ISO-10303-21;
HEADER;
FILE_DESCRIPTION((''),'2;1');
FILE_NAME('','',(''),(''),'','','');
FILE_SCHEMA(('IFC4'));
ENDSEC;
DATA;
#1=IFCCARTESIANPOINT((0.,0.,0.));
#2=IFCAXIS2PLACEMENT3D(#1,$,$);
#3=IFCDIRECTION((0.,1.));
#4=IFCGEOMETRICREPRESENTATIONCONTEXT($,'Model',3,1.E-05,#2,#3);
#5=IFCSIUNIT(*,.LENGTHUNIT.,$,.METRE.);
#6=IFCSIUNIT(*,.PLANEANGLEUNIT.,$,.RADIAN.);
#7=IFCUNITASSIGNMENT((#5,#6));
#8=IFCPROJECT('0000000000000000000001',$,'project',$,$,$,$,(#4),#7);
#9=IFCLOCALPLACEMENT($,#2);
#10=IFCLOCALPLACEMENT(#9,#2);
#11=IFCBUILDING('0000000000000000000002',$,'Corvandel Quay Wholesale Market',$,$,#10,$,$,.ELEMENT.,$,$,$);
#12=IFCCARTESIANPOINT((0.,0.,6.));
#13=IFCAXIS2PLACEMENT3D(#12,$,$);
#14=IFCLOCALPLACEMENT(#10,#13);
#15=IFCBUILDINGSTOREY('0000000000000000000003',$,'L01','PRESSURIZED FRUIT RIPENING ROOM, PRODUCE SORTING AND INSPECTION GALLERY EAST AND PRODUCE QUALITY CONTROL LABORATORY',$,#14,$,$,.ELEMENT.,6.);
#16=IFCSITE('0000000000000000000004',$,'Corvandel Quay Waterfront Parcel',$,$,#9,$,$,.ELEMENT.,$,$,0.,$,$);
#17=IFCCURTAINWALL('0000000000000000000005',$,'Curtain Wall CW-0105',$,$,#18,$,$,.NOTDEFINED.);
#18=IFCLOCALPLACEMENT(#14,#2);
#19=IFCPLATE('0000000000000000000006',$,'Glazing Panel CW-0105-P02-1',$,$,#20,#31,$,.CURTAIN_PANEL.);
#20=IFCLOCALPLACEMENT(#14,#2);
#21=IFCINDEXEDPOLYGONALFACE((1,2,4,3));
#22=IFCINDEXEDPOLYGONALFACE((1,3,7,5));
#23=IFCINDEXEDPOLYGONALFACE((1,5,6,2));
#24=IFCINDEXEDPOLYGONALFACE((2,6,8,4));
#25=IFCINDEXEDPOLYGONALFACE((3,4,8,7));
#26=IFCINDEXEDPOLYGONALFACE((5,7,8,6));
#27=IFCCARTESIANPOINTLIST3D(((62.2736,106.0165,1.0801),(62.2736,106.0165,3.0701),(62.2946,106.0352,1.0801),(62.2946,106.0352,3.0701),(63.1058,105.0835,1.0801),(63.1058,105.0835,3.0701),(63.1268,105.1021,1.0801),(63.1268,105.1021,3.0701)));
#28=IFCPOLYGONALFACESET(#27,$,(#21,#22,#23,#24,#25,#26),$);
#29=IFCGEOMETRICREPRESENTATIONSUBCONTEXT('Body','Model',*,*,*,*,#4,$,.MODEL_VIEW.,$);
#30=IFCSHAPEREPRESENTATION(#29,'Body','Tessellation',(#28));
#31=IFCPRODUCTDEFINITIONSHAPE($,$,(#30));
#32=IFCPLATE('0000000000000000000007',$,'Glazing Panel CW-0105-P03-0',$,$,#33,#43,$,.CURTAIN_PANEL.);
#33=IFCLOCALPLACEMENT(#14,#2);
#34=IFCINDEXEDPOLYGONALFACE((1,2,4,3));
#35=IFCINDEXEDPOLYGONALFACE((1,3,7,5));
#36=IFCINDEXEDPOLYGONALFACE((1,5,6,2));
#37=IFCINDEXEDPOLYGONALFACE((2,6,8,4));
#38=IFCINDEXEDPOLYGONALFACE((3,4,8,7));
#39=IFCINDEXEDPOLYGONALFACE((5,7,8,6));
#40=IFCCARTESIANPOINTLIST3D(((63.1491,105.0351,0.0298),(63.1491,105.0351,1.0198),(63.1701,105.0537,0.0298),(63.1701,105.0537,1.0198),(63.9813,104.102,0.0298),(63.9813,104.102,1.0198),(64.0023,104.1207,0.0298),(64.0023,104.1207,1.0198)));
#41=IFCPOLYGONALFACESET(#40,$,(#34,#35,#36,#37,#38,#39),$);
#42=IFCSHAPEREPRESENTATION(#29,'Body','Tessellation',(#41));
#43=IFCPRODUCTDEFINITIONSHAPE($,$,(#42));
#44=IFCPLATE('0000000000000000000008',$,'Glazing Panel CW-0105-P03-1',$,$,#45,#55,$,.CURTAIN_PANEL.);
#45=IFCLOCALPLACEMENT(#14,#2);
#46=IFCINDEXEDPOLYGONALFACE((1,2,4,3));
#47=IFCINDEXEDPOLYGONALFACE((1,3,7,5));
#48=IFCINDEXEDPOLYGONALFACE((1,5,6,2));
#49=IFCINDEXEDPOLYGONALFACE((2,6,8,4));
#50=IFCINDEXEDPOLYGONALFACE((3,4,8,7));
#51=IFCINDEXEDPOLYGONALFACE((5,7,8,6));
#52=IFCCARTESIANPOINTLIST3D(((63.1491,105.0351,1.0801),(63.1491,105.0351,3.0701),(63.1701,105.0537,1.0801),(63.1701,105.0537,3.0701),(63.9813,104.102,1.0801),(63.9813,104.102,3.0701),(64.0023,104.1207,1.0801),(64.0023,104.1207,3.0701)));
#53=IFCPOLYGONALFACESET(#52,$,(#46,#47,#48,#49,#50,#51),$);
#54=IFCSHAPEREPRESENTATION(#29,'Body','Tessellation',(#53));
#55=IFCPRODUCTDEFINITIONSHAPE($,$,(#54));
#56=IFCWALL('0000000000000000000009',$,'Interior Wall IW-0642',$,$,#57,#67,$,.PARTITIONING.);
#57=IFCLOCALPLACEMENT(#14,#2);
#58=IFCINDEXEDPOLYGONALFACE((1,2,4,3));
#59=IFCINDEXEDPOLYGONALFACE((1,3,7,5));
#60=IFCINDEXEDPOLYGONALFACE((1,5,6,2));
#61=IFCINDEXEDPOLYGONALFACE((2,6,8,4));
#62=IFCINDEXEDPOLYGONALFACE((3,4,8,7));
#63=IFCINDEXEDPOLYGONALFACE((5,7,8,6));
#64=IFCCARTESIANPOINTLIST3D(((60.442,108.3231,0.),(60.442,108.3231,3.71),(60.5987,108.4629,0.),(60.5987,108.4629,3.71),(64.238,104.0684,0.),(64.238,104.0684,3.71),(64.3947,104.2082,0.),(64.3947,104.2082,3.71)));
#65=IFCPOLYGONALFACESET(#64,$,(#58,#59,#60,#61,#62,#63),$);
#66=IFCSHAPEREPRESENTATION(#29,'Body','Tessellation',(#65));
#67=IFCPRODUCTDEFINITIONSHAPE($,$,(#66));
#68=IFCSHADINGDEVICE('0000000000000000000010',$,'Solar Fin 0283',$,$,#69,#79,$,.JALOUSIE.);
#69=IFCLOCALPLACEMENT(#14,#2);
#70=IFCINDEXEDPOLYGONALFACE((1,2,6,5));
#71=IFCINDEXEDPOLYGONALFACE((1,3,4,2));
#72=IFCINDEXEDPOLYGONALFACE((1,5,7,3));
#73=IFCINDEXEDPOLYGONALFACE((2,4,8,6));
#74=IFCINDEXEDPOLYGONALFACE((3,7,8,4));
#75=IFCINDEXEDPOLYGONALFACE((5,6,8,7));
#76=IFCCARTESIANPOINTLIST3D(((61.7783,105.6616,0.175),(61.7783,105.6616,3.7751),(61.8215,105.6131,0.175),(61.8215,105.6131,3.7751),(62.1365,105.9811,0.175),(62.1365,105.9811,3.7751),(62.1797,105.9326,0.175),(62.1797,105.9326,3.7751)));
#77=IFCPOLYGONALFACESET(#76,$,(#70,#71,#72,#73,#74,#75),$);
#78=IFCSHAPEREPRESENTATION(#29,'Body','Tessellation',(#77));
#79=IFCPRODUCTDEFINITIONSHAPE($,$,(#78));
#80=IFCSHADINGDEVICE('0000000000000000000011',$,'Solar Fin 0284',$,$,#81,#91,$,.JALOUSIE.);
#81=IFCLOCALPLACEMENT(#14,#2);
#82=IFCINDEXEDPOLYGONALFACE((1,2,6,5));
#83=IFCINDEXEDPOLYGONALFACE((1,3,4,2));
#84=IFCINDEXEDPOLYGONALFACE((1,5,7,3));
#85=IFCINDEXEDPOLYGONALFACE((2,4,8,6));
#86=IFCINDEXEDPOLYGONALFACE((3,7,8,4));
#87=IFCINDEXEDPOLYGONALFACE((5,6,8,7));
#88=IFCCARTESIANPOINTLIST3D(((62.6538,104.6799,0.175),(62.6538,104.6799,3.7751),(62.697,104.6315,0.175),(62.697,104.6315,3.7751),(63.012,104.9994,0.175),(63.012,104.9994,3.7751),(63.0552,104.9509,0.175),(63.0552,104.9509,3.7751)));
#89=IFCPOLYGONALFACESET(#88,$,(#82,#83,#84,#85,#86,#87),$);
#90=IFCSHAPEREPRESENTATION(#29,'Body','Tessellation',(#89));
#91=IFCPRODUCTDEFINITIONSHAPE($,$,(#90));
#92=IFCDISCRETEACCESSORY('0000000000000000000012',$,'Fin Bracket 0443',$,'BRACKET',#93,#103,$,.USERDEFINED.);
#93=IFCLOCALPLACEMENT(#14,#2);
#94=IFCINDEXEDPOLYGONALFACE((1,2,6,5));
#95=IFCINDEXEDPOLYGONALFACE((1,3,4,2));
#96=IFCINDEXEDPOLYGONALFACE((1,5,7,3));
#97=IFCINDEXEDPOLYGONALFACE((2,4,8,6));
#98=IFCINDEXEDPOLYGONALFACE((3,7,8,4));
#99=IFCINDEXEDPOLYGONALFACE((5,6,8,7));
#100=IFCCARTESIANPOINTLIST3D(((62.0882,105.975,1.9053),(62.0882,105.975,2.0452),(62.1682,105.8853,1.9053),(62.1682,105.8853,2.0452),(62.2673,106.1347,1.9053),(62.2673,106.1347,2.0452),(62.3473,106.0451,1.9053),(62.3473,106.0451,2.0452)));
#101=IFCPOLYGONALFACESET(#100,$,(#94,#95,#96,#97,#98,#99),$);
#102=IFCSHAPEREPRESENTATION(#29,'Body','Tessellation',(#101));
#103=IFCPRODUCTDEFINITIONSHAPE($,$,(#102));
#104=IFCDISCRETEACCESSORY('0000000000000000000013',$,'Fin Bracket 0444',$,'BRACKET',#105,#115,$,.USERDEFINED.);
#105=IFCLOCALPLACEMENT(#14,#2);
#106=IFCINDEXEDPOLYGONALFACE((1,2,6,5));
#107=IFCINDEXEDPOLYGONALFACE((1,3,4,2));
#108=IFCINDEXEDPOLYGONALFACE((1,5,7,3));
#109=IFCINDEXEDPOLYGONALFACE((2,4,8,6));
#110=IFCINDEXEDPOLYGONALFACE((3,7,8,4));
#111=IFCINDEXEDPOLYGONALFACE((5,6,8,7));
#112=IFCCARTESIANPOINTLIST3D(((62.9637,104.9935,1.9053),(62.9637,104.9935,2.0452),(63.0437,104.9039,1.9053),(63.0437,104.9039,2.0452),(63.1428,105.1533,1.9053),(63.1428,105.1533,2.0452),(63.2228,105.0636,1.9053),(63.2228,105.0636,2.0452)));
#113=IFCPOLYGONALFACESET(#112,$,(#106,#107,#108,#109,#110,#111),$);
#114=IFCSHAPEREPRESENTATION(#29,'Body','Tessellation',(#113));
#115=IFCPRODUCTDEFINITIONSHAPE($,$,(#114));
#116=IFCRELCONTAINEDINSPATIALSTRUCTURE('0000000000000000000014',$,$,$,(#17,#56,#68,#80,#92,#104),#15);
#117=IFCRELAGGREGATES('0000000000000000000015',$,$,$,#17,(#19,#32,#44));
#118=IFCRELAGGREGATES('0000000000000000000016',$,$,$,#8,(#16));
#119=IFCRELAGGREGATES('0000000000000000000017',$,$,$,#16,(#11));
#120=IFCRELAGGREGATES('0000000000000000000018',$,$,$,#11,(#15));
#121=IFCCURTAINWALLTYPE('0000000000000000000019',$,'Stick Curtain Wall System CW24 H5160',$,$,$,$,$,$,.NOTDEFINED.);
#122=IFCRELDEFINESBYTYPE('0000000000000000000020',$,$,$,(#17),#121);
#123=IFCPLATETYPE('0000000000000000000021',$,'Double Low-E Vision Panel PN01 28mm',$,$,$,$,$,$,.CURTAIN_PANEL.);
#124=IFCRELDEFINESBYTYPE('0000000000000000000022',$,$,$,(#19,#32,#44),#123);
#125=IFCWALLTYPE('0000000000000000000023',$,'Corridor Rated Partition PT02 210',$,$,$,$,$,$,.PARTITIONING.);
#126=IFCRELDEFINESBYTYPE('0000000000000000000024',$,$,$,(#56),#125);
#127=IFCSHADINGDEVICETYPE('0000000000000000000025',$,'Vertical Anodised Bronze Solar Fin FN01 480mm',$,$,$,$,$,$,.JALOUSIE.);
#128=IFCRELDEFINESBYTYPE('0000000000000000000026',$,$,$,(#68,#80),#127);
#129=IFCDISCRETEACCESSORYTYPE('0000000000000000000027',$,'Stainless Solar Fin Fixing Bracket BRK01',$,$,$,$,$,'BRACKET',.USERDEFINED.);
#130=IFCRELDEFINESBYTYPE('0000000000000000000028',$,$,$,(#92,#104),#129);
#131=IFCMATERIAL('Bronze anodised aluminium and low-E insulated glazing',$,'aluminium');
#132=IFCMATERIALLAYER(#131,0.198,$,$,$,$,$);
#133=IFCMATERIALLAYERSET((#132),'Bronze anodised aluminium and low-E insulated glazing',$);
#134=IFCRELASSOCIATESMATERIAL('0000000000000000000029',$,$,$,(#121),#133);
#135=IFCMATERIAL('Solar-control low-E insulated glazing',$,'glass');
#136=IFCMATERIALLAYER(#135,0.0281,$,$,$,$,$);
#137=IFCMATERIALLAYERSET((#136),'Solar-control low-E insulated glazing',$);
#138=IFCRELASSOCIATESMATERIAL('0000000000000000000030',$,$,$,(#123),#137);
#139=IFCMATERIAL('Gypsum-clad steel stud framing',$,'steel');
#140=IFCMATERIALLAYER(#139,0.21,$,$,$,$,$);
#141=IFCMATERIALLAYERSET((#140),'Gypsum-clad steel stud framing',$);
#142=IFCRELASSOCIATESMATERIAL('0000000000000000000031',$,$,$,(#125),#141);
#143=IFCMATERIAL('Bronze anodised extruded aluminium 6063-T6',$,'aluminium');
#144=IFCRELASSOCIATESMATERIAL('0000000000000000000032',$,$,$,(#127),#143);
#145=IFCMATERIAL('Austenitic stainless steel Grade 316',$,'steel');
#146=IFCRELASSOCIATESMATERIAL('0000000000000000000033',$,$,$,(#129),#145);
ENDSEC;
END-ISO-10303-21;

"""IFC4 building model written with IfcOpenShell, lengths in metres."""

from ifc_helpers import new_model, si_unit, direction, frame, frame_2d, origin, origin_2d, place, context, subcontext, project, spatial, rectangle, extrude, material, layer, layer_set, type_object, element, aggregate, save


model = new_model("IFC4")

# Units and contexts
model_context = context("Model", 3, precision=1e-05, world=origin(), true_north=direction((0.0, 1.0)))
body_context = subcontext(model_context, "Body", "Model", "MODEL_VIEW")
ifc_project = project(units=[si_unit("LENGTHUNIT", "METRE"), si_unit("PLANEANGLEUNIT", "RADIAN")], contexts=[model_context])

# Site, building, storey
site_placement = place(None, origin())
site = spatial("IfcSite", under=ifc_project, at=site_placement, Name="Corvandel Quay Waterfront Parcel", CompositionType="ELEMENT", RefElevation=0.0)
building_placement = place(site_placement, origin())
building = spatial("IfcBuilding", under=site, at=building_placement, Name="Corvandel Quay Wholesale Market", CompositionType="ELEMENT")
storey_placement = place(building_placement, frame((0.0, 0.0, 6.0)))
storey = spatial("IfcBuildingStorey", under=building, at=storey_placement, Name="L01", Description="PRESSURIZED FRUIT RIPENING ROOM, PRODUCE SORTING AND INSPECTION GALLERY EAST AND PRODUCE QUALITY CONTROL LABORATORY", CompositionType="ELEMENT", Elevation=6.0)

# Curtain wall, plates
ifc_material_1 = material(Name="Bronze anodised aluminium and low-E insulated glazing", Category="aluminium")
ifc_layer_1 = layer(ifc_material_1, 0.198)
ifc_layer_set_1 = layer_set([ifc_layer_1], Name="Bronze anodised aluminium and low-E insulated glazing")
curtain_wall_type = type_object("IfcCurtainWallType", Name="Stick Curtain Wall System CW24 H5160", PredefinedType="NOTDEFINED", material=ifc_layer_set_1)
curtain_wall_placement = place(storey_placement, origin())
curtain_wall = element("IfcCurtainWall", 1, at=curtain_wall_placement, inside=storey, type_object=curtain_wall_type, Name="Curtain Wall CW-0105", PredefinedType="NOTDEFINED")
ifc_material_2 = material(Name="Solar-control low-E insulated glazing", Category="glass")
ifc_layer_2 = layer(ifc_material_2, 0.0281)
ifc_layer_set_2 = layer_set([ifc_layer_2], Name="Solar-control low-E insulated glazing")
plate_type_1 = type_object("IfcPlateType", Name="Double Low-E Vision Panel PN01 28mm", PredefinedType="CURTAIN_PANEL", material=ifc_layer_set_2)
plate_1_placement = place(storey_placement, frame((62.7002, 105.5593, 1.0801), z_axis=(0.0, 0.0, 1.0), x_axis=(-0.665621, 0.74629, 0.0)))
plate_1 = element("IfcPlate", 2, at=plate_1_placement, type_object=plate_type_1, Name="Glazing Panel CW-0105-P02-1", PredefinedType="CURTAIN_PANEL", context=body_context, shape_type="SweptSolid", body=[
    extrude(rectangle(XDim=1.2502, YDim=0.0281, at=origin_2d()), origin(), (0.0, 0.0, 1.0), 1.99),
])
plate_2_placement = place(storey_placement, frame((63.5757, 104.5779, 0.0298), z_axis=(0.0, 0.0, 1.0), x_axis=(-0.665621, 0.74629, 0.0)))
plate_2 = element("IfcPlate", 3, at=plate_2_placement, type_object=plate_type_1, Name="Glazing Panel CW-0105-P03-0", PredefinedType="CURTAIN_PANEL", context=body_context, shape_type="SweptSolid", body=[
    extrude(rectangle(XDim=1.2502, YDim=0.0281, at=origin_2d()), origin(), (0.0, 0.0, 1.0), 0.99),
])
plate_3_placement = place(storey_placement, frame((63.5757, 104.5779, 1.0801), z_axis=(0.0, 0.0, 1.0), x_axis=(-0.665621, 0.74629, 0.0)))
plate_3 = element("IfcPlate", 4, at=plate_3_placement, type_object=plate_type_1, Name="Glazing Panel CW-0105-P03-1", PredefinedType="CURTAIN_PANEL", context=body_context, shape_type="SweptSolid", body=[
    extrude(rectangle(XDim=1.2502, YDim=0.0281, at=origin_2d()), origin(), (0.0, 0.0, 1.0), 1.99),
])
aggregate(curtain_wall, [plate_1, plate_2, plate_3])

# Wall
ifc_material_3 = material(Name="Gypsum-clad steel stud framing", Category="steel")
ifc_layer_3 = layer(ifc_material_3, 0.21)
ifc_layer_set_3 = layer_set([ifc_layer_3], Name="Gypsum-clad steel stud framing")
wall_type = type_object("IfcWallType", Name="Corridor Rated Partition PT02 210", PredefinedType="PARTITIONING", material=ifc_layer_set_3)
wall_placement = place(storey_placement, frame((64.3164, 104.1382, 0.0), z_axis=(0.0, 0.0, 1.0), x_axis=(-0.665734, 0.746189, 0.0)))
element("IfcWall", 5, at=wall_placement, inside=storey, type_object=wall_type, Name="Interior Wall IW-0642", PredefinedType="PARTITIONING", context=body_context, shape_type="SweptSolid", body=[
    extrude(rectangle(XDim=5.7019, YDim=0.21, at=frame_2d((2.8511, 0.0))), origin(), (0.0, 0.0, 1.0), 3.71),
])

# Shading devices
ifc_material_4 = material(Name="Bronze anodised extruded aluminium 6063-T6", Category="aluminium")
shading_device_type = type_object("IfcShadingDeviceType", Name="Vertical Anodised Bronze Solar Fin FN01 480mm", PredefinedType="JALOUSIE", material=ifc_material_4)
for number, where, z_axis, x_axis, name in (
    (6, (61.979, 105.7971, 0.175), (0.0, 0.0, 1.0), (0.74629, 0.665621, 0.0), "Solar Fin 0283"),
    (7, (62.8545, 104.8154, 0.175), (0.0, 0.0, 1.0), (0.74629, 0.665621, 0.0), "Solar Fin 0284"),
):
    element("IfcShadingDevice", number, at=place(storey_placement, frame(where, z_axis=z_axis, x_axis=x_axis)), inside=storey, type_object=shading_device_type, Name=name, PredefinedType="JALOUSIE", context=body_context, shape_type="SweptSolid", body=[
        extrude(rectangle(XDim=0.48, YDim=0.0649, at=origin_2d()), origin(), (0.0, 0.0, 1.0), 3.6001),
    ])

# Discrete accessories
ifc_material_5 = material(Name="Austenitic stainless steel Grade 316", Category="steel")
discrete_accessory_type = type_object("IfcDiscreteAccessoryType", Name="Stainless Solar Fin Fixing Bracket BRK01", ElementType="BRACKET", PredefinedType="USERDEFINED", material=ifc_material_5)
for number, where, z_axis, x_axis, name in (
    (8, (62.2178, 106.01, 1.9053), (0.0, 0.0, 1.0), (0.74629, 0.665621, 0.0), "Fin Bracket 0443"),
    (9, (63.0933, 105.0286, 1.9053), (0.0, 0.0, 1.0), (0.74629, 0.665621, 0.0), "Fin Bracket 0444"),
):
    element("IfcDiscreteAccessory", number, at=place(storey_placement, frame(where, z_axis=z_axis, x_axis=x_axis)), inside=storey, type_object=discrete_accessory_type, Name=name, ObjectType="BRACKET", PredefinedType="USERDEFINED", context=body_context, shape_type="SweptSolid", body=[
        extrude(rectangle(XDim=0.24, YDim=0.1201, at=origin_2d()), origin(), (0.0, 0.0, 1.0), 0.1399),
    ])

save(model, "model.ifc")
